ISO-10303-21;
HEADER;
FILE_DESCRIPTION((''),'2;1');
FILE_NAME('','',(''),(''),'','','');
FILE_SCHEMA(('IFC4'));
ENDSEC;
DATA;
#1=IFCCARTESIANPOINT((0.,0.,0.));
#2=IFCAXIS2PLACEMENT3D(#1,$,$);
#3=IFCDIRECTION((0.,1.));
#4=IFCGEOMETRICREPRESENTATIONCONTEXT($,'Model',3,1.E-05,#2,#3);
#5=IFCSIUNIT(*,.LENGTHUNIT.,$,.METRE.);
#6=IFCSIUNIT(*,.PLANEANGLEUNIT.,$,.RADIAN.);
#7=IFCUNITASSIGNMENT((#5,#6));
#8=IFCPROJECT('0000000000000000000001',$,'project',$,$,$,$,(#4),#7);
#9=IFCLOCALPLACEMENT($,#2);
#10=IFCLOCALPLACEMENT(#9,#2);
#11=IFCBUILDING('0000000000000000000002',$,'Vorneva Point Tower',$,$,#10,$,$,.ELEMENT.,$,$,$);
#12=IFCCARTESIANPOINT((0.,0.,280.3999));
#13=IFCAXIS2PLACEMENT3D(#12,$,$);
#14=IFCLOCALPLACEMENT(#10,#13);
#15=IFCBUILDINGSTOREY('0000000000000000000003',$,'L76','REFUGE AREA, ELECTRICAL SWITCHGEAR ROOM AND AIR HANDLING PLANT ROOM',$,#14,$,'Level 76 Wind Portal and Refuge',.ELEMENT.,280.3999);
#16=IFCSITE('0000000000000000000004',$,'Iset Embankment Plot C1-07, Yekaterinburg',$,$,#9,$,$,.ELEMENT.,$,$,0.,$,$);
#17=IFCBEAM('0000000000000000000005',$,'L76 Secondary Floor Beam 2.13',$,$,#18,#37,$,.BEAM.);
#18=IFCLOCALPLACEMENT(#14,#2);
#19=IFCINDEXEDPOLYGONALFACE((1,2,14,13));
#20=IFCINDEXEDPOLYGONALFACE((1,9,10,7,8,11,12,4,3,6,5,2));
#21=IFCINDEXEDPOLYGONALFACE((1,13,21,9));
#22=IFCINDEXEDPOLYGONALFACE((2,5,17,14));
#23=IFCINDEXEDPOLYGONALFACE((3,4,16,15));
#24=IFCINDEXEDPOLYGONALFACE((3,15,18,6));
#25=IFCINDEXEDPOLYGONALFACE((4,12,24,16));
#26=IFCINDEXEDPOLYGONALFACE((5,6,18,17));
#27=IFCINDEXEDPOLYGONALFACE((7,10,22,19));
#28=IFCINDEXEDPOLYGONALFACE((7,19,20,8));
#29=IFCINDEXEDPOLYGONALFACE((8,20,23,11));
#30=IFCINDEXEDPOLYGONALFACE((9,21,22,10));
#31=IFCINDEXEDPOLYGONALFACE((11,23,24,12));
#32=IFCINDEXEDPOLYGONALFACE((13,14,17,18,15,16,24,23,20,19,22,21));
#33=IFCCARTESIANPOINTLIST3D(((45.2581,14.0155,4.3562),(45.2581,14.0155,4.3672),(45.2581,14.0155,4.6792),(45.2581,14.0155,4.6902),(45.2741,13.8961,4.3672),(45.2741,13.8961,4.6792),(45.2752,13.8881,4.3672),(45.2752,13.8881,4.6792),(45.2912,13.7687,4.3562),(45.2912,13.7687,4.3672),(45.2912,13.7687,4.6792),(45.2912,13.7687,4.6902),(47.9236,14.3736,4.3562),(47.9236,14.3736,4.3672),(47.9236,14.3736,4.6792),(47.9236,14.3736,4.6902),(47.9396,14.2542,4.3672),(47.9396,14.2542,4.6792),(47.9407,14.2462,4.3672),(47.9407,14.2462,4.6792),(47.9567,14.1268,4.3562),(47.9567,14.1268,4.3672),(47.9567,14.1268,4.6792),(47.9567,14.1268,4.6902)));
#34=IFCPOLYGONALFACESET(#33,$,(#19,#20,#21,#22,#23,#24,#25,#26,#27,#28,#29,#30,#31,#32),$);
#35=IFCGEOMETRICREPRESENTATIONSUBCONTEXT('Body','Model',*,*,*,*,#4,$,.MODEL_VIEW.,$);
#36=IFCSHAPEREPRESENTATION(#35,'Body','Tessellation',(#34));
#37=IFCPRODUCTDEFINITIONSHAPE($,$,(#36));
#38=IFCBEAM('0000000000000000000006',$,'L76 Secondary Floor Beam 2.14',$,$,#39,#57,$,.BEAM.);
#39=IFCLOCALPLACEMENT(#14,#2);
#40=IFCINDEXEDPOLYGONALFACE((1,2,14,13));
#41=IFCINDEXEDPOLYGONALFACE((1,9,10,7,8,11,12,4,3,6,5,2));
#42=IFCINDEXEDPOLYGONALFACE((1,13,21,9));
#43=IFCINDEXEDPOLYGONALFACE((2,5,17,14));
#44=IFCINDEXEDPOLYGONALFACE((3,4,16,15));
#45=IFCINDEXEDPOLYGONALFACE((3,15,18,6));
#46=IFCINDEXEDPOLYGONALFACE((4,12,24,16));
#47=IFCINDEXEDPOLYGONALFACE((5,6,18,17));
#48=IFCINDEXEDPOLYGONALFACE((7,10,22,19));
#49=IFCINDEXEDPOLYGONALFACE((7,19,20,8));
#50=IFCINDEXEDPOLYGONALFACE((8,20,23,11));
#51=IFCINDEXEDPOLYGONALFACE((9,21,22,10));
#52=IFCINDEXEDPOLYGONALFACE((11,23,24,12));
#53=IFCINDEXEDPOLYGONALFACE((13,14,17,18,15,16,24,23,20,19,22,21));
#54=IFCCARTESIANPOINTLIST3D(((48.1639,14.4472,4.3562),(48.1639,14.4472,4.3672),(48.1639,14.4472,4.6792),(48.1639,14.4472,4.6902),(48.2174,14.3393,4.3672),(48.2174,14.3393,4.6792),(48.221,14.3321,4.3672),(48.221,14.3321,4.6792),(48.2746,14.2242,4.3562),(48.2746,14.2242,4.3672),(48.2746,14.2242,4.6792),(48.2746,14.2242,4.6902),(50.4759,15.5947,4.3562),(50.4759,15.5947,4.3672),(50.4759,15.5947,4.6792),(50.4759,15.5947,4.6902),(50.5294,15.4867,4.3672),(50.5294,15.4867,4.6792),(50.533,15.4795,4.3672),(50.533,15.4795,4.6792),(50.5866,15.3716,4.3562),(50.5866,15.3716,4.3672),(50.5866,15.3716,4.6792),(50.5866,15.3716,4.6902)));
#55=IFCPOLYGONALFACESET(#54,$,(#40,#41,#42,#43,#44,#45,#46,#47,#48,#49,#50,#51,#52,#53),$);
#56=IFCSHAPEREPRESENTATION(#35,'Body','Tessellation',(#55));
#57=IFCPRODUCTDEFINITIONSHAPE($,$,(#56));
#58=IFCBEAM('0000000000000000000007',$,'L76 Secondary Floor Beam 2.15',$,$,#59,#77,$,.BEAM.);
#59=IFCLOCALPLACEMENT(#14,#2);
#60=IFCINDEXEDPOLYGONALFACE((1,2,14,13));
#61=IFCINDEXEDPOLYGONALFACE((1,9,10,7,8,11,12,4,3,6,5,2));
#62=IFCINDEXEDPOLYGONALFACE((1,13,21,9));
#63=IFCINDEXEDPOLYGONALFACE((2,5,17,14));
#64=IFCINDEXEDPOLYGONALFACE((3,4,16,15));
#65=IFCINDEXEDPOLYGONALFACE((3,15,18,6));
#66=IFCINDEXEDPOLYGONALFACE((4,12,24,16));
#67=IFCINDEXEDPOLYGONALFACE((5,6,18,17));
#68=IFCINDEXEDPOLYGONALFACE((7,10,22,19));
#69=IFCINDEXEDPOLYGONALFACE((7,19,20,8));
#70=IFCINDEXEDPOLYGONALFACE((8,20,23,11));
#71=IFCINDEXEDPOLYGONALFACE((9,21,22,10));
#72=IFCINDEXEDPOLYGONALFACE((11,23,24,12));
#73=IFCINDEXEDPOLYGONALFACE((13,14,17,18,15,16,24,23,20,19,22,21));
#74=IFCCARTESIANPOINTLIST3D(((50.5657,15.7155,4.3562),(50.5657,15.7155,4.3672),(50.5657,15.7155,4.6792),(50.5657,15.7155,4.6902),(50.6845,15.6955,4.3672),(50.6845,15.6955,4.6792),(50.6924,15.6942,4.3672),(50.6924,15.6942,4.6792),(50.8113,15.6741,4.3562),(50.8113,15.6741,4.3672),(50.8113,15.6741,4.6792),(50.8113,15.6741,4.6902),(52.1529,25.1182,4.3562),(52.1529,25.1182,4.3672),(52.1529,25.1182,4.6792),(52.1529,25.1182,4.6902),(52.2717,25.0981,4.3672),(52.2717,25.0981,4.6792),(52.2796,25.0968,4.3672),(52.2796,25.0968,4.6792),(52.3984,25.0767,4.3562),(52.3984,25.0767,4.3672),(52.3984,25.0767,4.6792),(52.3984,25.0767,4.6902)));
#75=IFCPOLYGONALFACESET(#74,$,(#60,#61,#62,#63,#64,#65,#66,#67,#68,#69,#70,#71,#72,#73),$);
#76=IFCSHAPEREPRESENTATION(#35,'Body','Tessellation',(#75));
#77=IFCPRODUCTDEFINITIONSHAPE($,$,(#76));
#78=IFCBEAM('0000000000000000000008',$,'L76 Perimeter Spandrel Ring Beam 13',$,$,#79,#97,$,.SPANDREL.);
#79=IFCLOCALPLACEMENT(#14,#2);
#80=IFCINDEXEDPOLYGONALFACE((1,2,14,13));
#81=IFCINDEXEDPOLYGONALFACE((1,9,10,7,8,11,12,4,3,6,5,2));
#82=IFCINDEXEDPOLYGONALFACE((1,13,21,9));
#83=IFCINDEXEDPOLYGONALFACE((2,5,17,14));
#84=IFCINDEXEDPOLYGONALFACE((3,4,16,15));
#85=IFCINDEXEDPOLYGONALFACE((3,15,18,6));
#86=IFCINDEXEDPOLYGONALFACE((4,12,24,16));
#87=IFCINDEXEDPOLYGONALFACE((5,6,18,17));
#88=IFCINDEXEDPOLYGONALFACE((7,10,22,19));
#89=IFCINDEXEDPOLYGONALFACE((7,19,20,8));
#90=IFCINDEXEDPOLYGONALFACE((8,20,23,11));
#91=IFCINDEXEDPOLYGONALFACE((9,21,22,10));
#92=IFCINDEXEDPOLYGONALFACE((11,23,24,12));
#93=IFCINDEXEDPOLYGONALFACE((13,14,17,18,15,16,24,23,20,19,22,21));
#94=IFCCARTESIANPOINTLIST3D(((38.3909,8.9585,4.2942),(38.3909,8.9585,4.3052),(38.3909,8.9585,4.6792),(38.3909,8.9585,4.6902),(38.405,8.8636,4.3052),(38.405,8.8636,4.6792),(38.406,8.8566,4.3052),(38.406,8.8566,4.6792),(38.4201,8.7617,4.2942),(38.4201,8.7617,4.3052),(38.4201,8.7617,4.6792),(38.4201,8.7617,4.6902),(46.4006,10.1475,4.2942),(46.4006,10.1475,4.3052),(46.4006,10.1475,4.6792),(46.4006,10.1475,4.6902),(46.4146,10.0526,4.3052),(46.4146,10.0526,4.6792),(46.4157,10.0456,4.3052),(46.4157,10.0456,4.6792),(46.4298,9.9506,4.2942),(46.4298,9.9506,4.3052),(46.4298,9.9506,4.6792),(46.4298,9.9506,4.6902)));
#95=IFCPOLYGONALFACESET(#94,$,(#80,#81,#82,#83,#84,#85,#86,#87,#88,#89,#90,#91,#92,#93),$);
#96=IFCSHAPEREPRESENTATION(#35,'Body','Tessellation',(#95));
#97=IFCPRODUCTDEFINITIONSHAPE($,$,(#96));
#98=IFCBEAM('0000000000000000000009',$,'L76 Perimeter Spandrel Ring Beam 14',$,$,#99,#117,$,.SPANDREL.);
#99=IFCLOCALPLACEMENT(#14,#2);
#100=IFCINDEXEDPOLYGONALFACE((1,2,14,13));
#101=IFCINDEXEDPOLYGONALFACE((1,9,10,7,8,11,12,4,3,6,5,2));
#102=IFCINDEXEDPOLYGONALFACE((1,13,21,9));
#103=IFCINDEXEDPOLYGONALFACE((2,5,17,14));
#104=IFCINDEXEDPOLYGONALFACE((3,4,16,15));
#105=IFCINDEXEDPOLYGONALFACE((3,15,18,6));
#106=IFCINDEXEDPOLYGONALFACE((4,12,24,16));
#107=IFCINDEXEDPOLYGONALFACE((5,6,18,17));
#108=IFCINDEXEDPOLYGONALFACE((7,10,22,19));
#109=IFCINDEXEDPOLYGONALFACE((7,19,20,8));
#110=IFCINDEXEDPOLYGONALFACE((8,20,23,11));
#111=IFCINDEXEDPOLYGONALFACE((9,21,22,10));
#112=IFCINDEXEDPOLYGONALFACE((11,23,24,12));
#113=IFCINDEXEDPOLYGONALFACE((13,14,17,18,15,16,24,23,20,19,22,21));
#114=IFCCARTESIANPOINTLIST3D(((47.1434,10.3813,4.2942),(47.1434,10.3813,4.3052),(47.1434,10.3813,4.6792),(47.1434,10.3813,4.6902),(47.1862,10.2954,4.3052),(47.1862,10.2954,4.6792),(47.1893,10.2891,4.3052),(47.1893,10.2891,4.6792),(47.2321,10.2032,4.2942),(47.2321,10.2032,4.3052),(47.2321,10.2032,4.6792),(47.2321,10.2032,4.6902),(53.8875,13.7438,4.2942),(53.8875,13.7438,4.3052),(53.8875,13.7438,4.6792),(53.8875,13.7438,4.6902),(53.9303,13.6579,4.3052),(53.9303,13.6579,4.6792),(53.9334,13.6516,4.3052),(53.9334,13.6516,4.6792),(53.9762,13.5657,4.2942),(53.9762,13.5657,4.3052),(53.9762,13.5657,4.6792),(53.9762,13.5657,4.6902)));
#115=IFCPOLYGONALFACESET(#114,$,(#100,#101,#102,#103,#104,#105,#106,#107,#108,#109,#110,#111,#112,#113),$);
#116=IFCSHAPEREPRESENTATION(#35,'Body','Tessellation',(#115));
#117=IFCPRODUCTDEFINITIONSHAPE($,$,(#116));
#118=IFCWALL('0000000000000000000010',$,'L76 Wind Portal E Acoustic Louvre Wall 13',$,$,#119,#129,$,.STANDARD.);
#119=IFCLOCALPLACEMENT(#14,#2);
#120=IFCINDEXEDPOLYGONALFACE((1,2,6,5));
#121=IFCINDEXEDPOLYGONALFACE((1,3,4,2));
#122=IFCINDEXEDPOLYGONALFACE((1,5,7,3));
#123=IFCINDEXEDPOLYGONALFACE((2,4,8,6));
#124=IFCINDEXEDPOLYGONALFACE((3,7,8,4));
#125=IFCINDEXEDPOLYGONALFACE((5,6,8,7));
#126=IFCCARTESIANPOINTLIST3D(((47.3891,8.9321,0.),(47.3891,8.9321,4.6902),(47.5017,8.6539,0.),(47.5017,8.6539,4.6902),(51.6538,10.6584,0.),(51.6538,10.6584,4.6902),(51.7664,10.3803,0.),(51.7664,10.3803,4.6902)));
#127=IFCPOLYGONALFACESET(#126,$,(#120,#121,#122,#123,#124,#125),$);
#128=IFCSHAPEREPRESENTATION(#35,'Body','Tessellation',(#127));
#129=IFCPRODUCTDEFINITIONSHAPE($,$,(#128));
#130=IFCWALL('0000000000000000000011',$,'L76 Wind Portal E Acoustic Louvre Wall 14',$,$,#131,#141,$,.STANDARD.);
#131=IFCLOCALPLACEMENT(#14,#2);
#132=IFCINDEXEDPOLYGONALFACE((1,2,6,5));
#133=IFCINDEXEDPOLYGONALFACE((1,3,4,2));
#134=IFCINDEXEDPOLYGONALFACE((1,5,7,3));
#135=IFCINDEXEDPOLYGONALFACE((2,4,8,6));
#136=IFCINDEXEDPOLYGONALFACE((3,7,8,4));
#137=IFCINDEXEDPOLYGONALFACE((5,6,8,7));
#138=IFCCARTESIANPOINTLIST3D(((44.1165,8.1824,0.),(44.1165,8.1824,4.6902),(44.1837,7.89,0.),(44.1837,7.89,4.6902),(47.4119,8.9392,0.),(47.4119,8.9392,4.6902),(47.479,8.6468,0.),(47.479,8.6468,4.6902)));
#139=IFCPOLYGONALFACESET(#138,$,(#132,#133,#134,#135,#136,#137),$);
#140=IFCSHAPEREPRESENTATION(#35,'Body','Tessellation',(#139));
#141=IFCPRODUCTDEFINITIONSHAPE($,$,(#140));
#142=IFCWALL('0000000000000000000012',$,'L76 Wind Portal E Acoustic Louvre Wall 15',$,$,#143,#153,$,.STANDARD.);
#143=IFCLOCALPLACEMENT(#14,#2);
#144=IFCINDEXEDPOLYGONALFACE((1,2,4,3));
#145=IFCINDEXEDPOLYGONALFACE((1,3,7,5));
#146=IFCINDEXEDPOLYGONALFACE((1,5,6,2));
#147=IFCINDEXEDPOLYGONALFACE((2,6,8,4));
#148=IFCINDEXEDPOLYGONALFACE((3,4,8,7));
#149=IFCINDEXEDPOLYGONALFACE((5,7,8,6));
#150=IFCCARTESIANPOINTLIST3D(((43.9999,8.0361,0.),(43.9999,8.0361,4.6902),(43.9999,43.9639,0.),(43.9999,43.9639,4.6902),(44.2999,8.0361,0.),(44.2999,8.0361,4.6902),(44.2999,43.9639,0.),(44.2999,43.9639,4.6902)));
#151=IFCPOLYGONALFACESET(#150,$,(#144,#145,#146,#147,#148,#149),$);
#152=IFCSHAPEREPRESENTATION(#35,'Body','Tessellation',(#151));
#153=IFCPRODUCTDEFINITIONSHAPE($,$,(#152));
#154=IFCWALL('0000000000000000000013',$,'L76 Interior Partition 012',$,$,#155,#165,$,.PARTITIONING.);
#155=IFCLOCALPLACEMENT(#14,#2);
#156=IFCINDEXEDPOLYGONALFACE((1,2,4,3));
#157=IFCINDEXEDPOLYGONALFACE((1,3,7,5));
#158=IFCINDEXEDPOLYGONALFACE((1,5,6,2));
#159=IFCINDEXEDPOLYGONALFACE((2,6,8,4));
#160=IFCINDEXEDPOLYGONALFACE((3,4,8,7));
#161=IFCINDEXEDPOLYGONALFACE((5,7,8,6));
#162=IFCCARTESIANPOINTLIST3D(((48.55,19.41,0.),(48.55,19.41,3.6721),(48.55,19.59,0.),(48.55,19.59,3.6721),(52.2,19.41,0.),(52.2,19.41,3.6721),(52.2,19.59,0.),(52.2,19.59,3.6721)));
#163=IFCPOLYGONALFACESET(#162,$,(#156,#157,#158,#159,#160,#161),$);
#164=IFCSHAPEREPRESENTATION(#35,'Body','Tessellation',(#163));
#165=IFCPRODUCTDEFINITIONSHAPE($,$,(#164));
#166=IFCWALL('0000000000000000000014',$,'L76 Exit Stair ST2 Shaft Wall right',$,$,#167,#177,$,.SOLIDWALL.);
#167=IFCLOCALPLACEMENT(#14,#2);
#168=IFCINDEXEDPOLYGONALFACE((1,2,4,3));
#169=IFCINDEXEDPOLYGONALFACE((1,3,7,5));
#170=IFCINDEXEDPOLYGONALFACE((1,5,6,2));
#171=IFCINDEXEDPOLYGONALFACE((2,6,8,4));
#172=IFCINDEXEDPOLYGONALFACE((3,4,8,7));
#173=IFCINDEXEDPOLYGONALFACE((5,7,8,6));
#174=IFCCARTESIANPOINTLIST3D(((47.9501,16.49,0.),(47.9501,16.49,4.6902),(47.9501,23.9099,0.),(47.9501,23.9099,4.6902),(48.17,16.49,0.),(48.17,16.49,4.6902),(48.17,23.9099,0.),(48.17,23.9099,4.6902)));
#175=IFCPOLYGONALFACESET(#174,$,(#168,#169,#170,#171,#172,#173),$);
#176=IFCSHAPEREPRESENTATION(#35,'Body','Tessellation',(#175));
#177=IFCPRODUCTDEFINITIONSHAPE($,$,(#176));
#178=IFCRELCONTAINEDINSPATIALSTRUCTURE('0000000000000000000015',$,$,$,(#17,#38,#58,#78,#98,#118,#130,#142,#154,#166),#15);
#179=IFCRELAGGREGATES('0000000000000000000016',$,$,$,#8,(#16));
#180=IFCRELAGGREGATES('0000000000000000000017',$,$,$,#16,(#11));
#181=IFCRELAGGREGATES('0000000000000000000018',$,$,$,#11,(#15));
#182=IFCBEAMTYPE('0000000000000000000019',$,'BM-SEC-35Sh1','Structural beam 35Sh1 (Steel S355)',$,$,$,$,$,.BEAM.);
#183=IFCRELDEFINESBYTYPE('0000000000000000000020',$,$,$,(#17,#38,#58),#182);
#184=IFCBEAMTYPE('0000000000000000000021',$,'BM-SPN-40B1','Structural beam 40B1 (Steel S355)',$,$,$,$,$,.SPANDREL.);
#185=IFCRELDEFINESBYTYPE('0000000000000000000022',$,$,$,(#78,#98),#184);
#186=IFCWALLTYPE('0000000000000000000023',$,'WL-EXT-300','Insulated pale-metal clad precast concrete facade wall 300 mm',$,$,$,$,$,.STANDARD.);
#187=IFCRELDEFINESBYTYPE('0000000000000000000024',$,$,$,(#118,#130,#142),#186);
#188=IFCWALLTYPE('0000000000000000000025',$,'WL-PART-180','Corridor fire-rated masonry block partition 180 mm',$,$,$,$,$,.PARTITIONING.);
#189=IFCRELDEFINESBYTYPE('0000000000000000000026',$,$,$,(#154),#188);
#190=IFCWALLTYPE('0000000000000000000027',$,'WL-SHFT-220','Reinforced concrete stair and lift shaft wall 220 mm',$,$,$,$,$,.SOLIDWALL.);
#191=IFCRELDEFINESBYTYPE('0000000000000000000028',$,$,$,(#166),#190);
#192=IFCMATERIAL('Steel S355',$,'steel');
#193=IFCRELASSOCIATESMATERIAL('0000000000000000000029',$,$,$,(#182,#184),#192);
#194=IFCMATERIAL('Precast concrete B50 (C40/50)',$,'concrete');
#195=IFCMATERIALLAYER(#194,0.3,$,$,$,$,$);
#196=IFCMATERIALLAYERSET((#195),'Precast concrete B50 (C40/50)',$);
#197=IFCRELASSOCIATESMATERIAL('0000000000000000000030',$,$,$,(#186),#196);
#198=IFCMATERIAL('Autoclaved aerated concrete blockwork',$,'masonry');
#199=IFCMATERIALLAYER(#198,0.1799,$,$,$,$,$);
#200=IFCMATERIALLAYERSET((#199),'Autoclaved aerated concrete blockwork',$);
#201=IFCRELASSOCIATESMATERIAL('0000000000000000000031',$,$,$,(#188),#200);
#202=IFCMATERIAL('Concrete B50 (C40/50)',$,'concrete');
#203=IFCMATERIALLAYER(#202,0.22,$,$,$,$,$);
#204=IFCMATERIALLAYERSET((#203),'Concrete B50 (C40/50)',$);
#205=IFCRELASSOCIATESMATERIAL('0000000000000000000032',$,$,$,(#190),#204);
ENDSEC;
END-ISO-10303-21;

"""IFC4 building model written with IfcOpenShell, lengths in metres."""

from ifc_helpers import new_model, si_unit, direction, frame, frame_2d, origin, origin_2d, place, context, subcontext, project, spatial, rectangle, i_section, extrude, material, layer, layer_set, material_profile, profile_set, type_object, element, save


model = new_model("IFC4")

# Units and contexts
model_context = context("Model", 3, precision=1e-05, world=origin(), true_north=direction((0.0, 1.0)))
body_context = subcontext(model_context, "Body", "Model", "MODEL_VIEW")
ifc_project = project(units=[si_unit("LENGTHUNIT", "METRE"), si_unit("PLANEANGLEUNIT", "RADIAN")], contexts=[model_context])

# Site, building, storey
site_placement = place(None, origin())
site = spatial("IfcSite", under=ifc_project, at=site_placement, Name="Iset Embankment Plot C1-07, Yekaterinburg", CompositionType="ELEMENT", RefElevation=0.0)
building_placement = place(site_placement, origin())
building = spatial("IfcBuilding", under=site, at=building_placement, Name="Vorneva Point Tower", CompositionType="ELEMENT")
storey_placement = place(building_placement, frame((0.0, 0.0, 280.3999)))
storey = spatial("IfcBuildingStorey", under=building, at=storey_placement, Name="L76", Description="REFUGE AREA, ELECTRICAL SWITCHGEAR ROOM AND AIR HANDLING PLANT ROOM", LongName="Level 76 Wind Portal and Refuge", CompositionType="ELEMENT", Elevation=280.3999)

# Shared definitions
ifc_material_1 = material(Name="Concrete B50 (C40/50)", Category="concrete")

# Beams
ifc_material_2 = material(Name="Steel S355", Category="steel")
ifc_material_profile_1 = material_profile(ifc_material_2, i_section(OverallWidth=0.249, OverallDepth=0.334, WebThickness=0.0081, FlangeThickness=0.011, at=origin_2d()), Name="35Sh1")
ifc_profile_set_1 = profile_set([ifc_material_profile_1], Name="Steel S355")
beam_type_1 = type_object("IfcBeamType", Name="BM-SEC-35Sh1", Description="Structural beam 35Sh1 (Steel S355)", PredefinedType="BEAM", material=ifc_profile_set_1)
beam_1_placement = place(storey_placement, frame((45.2747, 13.8921, 4.5232), z_axis=(0.991093, 0.133169, 0.0), x_axis=(-0.133169, 0.991093, 0.0)))
element("IfcBeam", 1, at=beam_1_placement, inside=storey, type_object=beam_type_1, Name="L76 Secondary Floor Beam 2.13", PredefinedType="BEAM", context=body_context, shape_type="SweptSolid", body=[
    extrude(i_section(OverallWidth=0.249, OverallDepth=0.334, WebThickness=0.0081, FlangeThickness=0.011, at=origin_2d()), origin(), (0.0, 0.0, 1.0), 2.6895),
])
beam_2_placement = place(storey_placement, frame((48.2192, 14.3357, 4.5232), z_axis=(0.895748, 0.444563, 0.0), x_axis=(-0.444563, 0.895748, 0.0)))
element("IfcBeam", 2, at=beam_2_placement, inside=storey, type_object=beam_type_1, Name="L76 Secondary Floor Beam 2.14", PredefinedType="BEAM", context=body_context, shape_type="SweptSolid", body=[
    extrude(i_section(OverallWidth=0.249, OverallDepth=0.334, WebThickness=0.0081, FlangeThickness=0.011, at=origin_2d()), origin(), (0.0, 0.0, 1.0), 2.5811),
])
beam_3_placement = place(storey_placement, frame((50.6885, 15.6948, 4.5232), z_axis=(0.166445, 0.986051, 0.0), x_axis=(-0.986051, 0.166445, 0.0)))
element("IfcBeam", 3, at=beam_3_placement, inside=storey, type_object=beam_type_1, Name="L76 Secondary Floor Beam 2.15", PredefinedType="BEAM", context=body_context, shape_type="SweptSolid", body=[
    extrude(i_section(OverallWidth=0.249, OverallDepth=0.334, WebThickness=0.0081, FlangeThickness=0.011, at=origin_2d()), origin(), (0.0, 0.0, 1.0), 9.5356),
])
ifc_material_profile_2 = material_profile(ifc_material_2, i_section(OverallWidth=0.199, OverallDepth=0.396, WebThickness=0.0071, FlangeThickness=0.011, at=origin_2d()), Name="40B1")
ifc_profile_set_2 = profile_set([ifc_material_profile_2], Name="Steel S355")
beam_type_2 = type_object("IfcBeamType", Name="BM-SPN-40B1", Description="Structural beam 40B1 (Steel S355)", PredefinedType="SPANDREL", material=ifc_profile_set_2)
beam_4_placement = place(storey_placement, frame((38.4055, 8.8601, 4.4922), z_axis=(0.989162, 0.146831, 0.0), x_axis=(-0.146831, 0.989162, 0.0)))
element("IfcBeam", 4, at=beam_4_placement, inside=storey, type_object=beam_type_2, Name="L76 Perimeter Spandrel Ring Beam 13", PredefinedType="SPANDREL", context=body_context, shape_type="SweptSolid", body=[
    extrude(i_section(OverallWidth=0.199, OverallDepth=0.396, WebThickness=0.0071, FlangeThickness=0.011, at=origin_2d()), origin(), (0.0, 0.0, 1.0), 8.0974),
])
beam_5_placement = place(storey_placement, frame((47.1877, 10.2922, 4.4922), z_axis=(0.894932, 0.446203, 0.0), x_axis=(-0.446203, 0.894932, 0.0)))
element("IfcBeam", 5, at=beam_5_placement, inside=storey, type_object=beam_type_2, Name="L76 Perimeter Spandrel Ring Beam 14", PredefinedType="SPANDREL", context=body_context, shape_type="SweptSolid", body=[
    extrude(i_section(OverallWidth=0.199, OverallDepth=0.396, WebThickness=0.0071, FlangeThickness=0.011, at=origin_2d()), origin(), (0.0, 0.0, 1.0), 7.5359),
])

# Walls
ifc_material_3 = material(Name="Precast concrete B50 (C40/50)", Category="concrete")
ifc_layer_1 = layer(ifc_material_3, 0.3)
ifc_layer_set_1 = layer_set([ifc_layer_1], Name="Precast concrete B50 (C40/50)")
wall_type_1 = type_object("IfcWallType", Name="WL-EXT-300", Description="Insulated pale-metal clad precast concrete facade wall 300 mm", PredefinedType="STANDARD", material=ifc_layer_set_1)
wall_1_placement = place(storey_placement, frame((51.71, 10.5193, 0.0), z_axis=(0.0, 0.0, 1.0), x_axis=(-0.926935, -0.375221, 0.0)))
element("IfcWall", 6, at=wall_1_placement, inside=storey, type_object=wall_type_1, Name="L76 Wind Portal E Acoustic Louvre Wall 13", PredefinedType="STANDARD", context=body_context, shape_type="SweptSolid", body=[
    extrude(rectangle(XDim=4.6008, YDim=0.3, at=frame_2d((2.3003, 0.0))), origin(), (0.0, 0.0, 1.0), 4.6902),
])
wall_2_placement = place(storey_placement, frame((47.4453, 8.793, 0.0), z_axis=(0.0, 0.0, 1.0), x_axis=(-0.974627, -0.223836, 0.0)))
element("IfcWall", 7, at=wall_2_placement, inside=storey, type_object=wall_type_1, Name="L76 Wind Portal E Acoustic Louvre Wall 14", PredefinedType="STANDARD", context=body_context, shape_type="SweptSolid", body=[
    extrude(rectangle(XDim=3.3811, YDim=0.3, at=frame_2d((1.6904, 0.0))), origin(), (0.0, 0.0, 1.0), 4.6902),
])
wall_3_placement = place(storey_placement, frame((44.1499, 8.0361, 0.0), z_axis=(0.0, 0.0, 1.0), x_axis=(0.0, 1.0, 0.0)))
element("IfcWall", 8, at=wall_3_placement, inside=storey, type_object=wall_type_1, Name="L76 Wind Portal E Acoustic Louvre Wall 15", PredefinedType="STANDARD", context=body_context, shape_type="SweptSolid", body=[
    extrude(rectangle(XDim=35.9277, YDim=0.3, at=frame_2d((17.9639, 0.0))), origin(), (0.0, 0.0, 1.0), 4.6902),
])

# Shared definitions
ifc_material_4 = material(Name="Autoclaved aerated concrete blockwork", Category="masonry")
ifc_layer_2 = layer(ifc_material_4, 0.1799)
ifc_layer_set_2 = layer_set([ifc_layer_2], Name="Autoclaved aerated concrete blockwork")
wall_type_2 = type_object("IfcWallType", Name="WL-PART-180", Description="Corridor fire-rated masonry block partition 180 mm", PredefinedType="PARTITIONING", material=ifc_layer_set_2)

# Wall
wall_4_placement = place(storey_placement, frame((48.55, 19.5, 0.0), z_axis=(0.0, 0.0, 1.0), x_axis=(1.0, 0.0, 0.0)))
element("IfcWall", 9, at=wall_4_placement, inside=storey, type_object=wall_type_2, Name="L76 Interior Partition 012", PredefinedType="PARTITIONING", context=body_context, shape_type="SweptSolid", body=[
    extrude(rectangle(XDim=3.6499, YDim=0.1799, at=frame_2d((1.825, 0.0))), origin(), (0.0, 0.0, 1.0), 3.6721),
])

# Shared definitions
ifc_layer_3 = layer(ifc_material_1, 0.22)
ifc_layer_set_3 = layer_set([ifc_layer_3], Name="Concrete B50 (C40/50)")
wall_type_3 = type_object("IfcWallType", Name="WL-SHFT-220", Description="Reinforced concrete stair and lift shaft wall 220 mm", PredefinedType="SOLIDWALL", material=ifc_layer_set_3)

# Wall
wall_5_placement = place(storey_placement, frame((48.0601, 23.9099, 0.0), z_axis=(0.0, 0.0, 1.0), x_axis=(0.0, -1.0, 0.0)))
element("IfcWall", 10, at=wall_5_placement, inside=storey, type_object=wall_type_3, Name="L76 Exit Stair ST2 Shaft Wall right", PredefinedType="SOLIDWALL", context=body_context, shape_type="SweptSolid", body=[
    extrude(rectangle(XDim=7.4199, YDim=0.22, at=frame_2d((3.71, 0.0))), origin(), (0.0, 0.0, 1.0), 4.6902),
])

save(model, "model.ifc")
